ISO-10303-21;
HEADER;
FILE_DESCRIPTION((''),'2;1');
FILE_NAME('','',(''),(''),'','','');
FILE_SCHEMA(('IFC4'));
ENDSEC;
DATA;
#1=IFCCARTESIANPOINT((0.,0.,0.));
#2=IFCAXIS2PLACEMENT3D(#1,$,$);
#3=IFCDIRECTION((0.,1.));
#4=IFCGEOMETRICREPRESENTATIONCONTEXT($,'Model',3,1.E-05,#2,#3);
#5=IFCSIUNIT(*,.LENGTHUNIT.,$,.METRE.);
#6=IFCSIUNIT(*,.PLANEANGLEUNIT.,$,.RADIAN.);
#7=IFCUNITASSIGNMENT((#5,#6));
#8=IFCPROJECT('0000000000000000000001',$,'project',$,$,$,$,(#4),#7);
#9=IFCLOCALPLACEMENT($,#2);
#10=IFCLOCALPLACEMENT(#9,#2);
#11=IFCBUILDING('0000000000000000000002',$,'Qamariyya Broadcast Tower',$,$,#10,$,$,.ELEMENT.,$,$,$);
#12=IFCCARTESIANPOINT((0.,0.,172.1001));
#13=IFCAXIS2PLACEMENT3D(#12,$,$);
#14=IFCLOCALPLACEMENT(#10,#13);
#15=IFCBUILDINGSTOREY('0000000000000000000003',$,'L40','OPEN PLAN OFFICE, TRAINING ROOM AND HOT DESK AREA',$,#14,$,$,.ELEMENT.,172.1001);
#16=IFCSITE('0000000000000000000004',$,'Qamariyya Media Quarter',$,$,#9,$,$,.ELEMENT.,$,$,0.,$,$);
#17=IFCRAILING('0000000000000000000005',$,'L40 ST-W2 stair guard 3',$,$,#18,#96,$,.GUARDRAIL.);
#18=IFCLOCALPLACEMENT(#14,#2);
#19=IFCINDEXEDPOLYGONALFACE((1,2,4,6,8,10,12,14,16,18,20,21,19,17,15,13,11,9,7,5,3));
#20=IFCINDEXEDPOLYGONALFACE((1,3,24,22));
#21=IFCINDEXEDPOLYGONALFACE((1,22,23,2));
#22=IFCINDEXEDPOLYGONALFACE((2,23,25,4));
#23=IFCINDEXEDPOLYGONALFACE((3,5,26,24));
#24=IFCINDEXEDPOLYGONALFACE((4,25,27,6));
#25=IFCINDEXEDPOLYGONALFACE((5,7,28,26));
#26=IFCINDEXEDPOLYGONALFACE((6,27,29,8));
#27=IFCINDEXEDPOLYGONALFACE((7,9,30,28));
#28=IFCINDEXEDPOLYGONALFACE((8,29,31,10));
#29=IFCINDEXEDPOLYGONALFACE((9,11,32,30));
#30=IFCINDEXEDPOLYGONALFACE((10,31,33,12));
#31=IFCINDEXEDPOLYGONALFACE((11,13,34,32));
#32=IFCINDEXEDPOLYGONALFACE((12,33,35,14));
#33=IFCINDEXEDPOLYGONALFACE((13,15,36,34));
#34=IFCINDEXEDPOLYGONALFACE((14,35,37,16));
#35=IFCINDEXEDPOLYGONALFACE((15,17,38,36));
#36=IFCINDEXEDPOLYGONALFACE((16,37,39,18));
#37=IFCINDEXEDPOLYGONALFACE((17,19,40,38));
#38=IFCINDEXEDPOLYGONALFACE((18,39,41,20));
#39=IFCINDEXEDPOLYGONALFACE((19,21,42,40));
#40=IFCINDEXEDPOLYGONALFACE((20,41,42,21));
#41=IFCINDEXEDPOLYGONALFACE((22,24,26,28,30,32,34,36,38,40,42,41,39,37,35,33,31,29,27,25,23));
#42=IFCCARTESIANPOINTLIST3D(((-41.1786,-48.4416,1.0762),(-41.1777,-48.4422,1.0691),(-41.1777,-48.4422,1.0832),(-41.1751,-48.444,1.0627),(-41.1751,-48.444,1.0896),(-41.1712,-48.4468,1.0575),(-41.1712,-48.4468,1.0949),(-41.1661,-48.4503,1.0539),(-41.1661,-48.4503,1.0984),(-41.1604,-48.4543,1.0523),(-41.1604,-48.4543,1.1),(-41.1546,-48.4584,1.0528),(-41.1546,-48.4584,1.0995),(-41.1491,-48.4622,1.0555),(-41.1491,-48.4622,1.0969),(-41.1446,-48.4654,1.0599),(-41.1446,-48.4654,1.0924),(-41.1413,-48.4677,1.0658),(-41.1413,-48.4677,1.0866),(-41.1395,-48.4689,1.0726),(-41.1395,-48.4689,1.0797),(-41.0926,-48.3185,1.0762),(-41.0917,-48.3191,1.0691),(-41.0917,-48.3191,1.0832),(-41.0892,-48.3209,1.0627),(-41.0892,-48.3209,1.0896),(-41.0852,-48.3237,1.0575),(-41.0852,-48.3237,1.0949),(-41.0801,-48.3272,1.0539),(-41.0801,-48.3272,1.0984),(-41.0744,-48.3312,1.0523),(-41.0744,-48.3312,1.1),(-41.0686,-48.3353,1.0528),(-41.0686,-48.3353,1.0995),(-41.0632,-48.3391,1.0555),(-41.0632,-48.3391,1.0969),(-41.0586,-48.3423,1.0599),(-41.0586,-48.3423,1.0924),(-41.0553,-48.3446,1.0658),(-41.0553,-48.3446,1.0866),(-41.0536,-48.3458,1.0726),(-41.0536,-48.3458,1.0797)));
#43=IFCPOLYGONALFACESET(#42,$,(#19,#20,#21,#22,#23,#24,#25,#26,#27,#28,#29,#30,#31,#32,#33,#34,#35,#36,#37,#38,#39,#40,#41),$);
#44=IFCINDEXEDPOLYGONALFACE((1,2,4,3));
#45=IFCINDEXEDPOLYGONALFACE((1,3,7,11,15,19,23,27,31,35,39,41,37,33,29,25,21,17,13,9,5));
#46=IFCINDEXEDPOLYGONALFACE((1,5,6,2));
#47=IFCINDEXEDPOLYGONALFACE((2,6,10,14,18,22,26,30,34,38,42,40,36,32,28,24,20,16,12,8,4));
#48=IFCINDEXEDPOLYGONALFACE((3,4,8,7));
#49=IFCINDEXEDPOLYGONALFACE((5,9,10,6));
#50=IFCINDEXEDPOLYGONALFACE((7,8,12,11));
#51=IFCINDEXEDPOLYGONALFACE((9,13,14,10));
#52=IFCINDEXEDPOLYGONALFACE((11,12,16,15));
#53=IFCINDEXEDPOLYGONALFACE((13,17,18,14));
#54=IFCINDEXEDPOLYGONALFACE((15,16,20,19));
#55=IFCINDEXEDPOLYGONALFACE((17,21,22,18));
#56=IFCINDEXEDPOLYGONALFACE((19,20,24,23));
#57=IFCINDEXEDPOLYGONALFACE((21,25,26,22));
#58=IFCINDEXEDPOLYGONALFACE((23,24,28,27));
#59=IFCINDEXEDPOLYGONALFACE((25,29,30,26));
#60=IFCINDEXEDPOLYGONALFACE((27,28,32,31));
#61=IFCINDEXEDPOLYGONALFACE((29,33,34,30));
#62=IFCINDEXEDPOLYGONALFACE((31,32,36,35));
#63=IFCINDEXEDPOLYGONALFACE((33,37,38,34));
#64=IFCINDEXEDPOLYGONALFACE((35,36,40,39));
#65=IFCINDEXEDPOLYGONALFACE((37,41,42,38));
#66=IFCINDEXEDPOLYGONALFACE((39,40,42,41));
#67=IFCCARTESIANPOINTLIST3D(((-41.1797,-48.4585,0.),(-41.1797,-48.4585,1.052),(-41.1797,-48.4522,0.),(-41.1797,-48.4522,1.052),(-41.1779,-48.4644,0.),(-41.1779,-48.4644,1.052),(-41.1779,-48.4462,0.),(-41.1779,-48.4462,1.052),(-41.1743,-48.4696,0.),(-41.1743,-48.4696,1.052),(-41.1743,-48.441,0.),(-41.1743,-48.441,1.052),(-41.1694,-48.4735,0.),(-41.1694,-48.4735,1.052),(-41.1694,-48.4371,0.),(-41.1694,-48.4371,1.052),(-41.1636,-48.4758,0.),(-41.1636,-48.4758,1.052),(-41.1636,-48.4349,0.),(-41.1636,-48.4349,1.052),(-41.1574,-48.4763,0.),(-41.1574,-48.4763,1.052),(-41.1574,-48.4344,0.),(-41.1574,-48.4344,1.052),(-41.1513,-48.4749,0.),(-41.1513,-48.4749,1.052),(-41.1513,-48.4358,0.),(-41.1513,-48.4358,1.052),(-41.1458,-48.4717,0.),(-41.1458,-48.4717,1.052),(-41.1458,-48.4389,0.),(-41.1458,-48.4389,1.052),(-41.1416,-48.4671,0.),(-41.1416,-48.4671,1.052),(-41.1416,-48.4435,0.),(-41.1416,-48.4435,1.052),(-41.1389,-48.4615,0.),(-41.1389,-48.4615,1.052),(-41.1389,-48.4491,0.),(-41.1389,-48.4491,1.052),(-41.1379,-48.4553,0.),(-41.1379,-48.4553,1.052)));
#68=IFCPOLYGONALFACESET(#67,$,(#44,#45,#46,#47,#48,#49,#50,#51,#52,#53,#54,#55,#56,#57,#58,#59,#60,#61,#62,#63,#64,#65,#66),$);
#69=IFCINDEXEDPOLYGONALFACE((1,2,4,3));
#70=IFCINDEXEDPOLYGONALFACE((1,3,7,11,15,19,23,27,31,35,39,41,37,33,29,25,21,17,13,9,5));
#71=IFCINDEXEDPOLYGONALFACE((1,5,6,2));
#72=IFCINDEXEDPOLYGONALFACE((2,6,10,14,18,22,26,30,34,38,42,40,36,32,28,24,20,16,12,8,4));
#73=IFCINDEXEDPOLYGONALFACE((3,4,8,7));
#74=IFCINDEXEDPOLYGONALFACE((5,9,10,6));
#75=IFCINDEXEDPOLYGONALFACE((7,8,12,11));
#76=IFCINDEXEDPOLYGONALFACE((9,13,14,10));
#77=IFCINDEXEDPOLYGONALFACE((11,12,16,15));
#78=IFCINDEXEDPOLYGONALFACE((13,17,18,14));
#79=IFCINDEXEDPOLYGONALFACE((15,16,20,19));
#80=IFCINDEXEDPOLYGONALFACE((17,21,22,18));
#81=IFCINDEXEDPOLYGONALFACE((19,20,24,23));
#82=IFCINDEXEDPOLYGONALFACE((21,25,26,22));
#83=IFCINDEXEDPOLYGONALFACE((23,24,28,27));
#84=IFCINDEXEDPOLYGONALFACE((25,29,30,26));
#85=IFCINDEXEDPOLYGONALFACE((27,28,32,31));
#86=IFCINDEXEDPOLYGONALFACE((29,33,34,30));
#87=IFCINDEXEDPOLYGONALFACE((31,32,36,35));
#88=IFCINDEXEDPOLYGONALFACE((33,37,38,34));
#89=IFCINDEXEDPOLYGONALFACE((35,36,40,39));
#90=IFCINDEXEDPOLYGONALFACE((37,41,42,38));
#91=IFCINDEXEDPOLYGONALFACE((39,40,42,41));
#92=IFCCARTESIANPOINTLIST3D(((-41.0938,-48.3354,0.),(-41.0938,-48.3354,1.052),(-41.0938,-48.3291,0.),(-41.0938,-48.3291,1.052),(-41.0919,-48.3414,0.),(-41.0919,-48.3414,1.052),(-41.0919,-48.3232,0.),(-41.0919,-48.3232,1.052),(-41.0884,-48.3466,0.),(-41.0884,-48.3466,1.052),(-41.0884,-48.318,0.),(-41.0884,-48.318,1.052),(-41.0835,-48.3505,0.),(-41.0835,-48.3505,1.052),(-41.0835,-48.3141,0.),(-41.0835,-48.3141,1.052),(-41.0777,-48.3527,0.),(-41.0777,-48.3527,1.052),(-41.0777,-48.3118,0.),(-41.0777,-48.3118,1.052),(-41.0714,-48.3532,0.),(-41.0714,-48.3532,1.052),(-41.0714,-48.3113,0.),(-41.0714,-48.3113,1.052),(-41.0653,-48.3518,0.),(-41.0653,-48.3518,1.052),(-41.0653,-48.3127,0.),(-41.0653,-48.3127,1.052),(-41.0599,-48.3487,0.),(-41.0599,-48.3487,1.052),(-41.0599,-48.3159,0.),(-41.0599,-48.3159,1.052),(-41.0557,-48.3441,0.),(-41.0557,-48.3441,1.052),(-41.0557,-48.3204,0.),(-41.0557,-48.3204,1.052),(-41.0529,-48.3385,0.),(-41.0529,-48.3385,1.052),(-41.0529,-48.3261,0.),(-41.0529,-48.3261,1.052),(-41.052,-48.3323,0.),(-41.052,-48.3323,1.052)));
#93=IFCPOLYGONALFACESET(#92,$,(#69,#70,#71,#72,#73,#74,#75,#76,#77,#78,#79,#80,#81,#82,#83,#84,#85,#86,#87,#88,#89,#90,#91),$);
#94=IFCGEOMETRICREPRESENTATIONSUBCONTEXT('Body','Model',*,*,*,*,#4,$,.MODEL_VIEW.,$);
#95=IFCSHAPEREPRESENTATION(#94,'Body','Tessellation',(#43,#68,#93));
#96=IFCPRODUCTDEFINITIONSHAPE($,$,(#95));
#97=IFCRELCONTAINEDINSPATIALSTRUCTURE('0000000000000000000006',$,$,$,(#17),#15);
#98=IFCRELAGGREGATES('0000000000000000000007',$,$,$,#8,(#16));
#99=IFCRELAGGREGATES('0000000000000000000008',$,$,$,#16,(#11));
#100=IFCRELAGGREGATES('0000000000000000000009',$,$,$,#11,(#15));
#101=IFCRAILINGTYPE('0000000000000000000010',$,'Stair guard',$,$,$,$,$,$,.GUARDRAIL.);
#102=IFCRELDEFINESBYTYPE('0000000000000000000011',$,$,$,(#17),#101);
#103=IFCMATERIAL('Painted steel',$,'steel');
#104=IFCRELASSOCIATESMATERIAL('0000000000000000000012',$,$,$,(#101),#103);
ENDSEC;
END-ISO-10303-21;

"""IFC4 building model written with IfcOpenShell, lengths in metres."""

from ifc_helpers import new_model, si_unit, direction, frame, origin, origin_2d, place, context, subcontext, project, spatial, circle, extrude, material, type_object, element, save


model = new_model("IFC4")

# Units and contexts
model_context = context("Model", 3, precision=1e-05, world=origin(), true_north=direction((0.0, 1.0)))
body_context = subcontext(model_context, "Body", "Model", "MODEL_VIEW")
ifc_project = project(units=[si_unit("LENGTHUNIT", "METRE"), si_unit("PLANEANGLEUNIT", "RADIAN")], contexts=[model_context])

# Site, building, storey
site_placement = place(None, origin())
site = spatial("IfcSite", under=ifc_project, at=site_placement, Name="Qamariyya Media Quarter", CompositionType="ELEMENT", RefElevation=0.0)
building_placement = place(site_placement, origin())
building = spatial("IfcBuilding", under=site, at=building_placement, Name="Qamariyya Broadcast Tower", CompositionType="ELEMENT")
storey_placement = place(building_placement, frame((0.0, 0.0, 172.1001)))
storey = spatial("IfcBuildingStorey", under=building, at=storey_placement, Name="L40", Description="OPEN PLAN OFFICE, TRAINING ROOM AND HOT DESK AREA", CompositionType="ELEMENT", Elevation=172.1001)

# Railing
ifc_material_1 = material(Name="Painted steel", Category="steel")
railing_type_1 = type_object("IfcRailingType", Name="Stair guard", PredefinedType="GUARDRAIL", material=ifc_material_1)
railing_1_placement = place(storey_placement, frame((-41.1589, -48.4553, 0.0)))
element("IfcRailing", 1, at=railing_1_placement, inside=storey, type_object=railing_type_1, Name="L40 ST-W2 stair guard 3", PredefinedType="GUARDRAIL", context=body_context, shape_type="SweptSolid", body=[
    extrude(circle(Radius=0.0239, at=origin_2d()), frame((0.0, 0.0, 1.0762), z_axis=(0.572589, 0.819843, 0.0), x_axis=(-0.819843, 0.572589, 0.0)), (0.0, 0.0, 1.0), 0.1501),
    extrude(circle(Radius=0.021, at=origin_2d()), origin(), (0.0, 0.0, 1.0), 1.052),
    extrude(circle(Radius=0.021, at=origin_2d()), frame((0.0859, 0.123, 0.0)), (0.0, 0.0, 1.0), 1.052),
])

save(model, "model.ifc")
